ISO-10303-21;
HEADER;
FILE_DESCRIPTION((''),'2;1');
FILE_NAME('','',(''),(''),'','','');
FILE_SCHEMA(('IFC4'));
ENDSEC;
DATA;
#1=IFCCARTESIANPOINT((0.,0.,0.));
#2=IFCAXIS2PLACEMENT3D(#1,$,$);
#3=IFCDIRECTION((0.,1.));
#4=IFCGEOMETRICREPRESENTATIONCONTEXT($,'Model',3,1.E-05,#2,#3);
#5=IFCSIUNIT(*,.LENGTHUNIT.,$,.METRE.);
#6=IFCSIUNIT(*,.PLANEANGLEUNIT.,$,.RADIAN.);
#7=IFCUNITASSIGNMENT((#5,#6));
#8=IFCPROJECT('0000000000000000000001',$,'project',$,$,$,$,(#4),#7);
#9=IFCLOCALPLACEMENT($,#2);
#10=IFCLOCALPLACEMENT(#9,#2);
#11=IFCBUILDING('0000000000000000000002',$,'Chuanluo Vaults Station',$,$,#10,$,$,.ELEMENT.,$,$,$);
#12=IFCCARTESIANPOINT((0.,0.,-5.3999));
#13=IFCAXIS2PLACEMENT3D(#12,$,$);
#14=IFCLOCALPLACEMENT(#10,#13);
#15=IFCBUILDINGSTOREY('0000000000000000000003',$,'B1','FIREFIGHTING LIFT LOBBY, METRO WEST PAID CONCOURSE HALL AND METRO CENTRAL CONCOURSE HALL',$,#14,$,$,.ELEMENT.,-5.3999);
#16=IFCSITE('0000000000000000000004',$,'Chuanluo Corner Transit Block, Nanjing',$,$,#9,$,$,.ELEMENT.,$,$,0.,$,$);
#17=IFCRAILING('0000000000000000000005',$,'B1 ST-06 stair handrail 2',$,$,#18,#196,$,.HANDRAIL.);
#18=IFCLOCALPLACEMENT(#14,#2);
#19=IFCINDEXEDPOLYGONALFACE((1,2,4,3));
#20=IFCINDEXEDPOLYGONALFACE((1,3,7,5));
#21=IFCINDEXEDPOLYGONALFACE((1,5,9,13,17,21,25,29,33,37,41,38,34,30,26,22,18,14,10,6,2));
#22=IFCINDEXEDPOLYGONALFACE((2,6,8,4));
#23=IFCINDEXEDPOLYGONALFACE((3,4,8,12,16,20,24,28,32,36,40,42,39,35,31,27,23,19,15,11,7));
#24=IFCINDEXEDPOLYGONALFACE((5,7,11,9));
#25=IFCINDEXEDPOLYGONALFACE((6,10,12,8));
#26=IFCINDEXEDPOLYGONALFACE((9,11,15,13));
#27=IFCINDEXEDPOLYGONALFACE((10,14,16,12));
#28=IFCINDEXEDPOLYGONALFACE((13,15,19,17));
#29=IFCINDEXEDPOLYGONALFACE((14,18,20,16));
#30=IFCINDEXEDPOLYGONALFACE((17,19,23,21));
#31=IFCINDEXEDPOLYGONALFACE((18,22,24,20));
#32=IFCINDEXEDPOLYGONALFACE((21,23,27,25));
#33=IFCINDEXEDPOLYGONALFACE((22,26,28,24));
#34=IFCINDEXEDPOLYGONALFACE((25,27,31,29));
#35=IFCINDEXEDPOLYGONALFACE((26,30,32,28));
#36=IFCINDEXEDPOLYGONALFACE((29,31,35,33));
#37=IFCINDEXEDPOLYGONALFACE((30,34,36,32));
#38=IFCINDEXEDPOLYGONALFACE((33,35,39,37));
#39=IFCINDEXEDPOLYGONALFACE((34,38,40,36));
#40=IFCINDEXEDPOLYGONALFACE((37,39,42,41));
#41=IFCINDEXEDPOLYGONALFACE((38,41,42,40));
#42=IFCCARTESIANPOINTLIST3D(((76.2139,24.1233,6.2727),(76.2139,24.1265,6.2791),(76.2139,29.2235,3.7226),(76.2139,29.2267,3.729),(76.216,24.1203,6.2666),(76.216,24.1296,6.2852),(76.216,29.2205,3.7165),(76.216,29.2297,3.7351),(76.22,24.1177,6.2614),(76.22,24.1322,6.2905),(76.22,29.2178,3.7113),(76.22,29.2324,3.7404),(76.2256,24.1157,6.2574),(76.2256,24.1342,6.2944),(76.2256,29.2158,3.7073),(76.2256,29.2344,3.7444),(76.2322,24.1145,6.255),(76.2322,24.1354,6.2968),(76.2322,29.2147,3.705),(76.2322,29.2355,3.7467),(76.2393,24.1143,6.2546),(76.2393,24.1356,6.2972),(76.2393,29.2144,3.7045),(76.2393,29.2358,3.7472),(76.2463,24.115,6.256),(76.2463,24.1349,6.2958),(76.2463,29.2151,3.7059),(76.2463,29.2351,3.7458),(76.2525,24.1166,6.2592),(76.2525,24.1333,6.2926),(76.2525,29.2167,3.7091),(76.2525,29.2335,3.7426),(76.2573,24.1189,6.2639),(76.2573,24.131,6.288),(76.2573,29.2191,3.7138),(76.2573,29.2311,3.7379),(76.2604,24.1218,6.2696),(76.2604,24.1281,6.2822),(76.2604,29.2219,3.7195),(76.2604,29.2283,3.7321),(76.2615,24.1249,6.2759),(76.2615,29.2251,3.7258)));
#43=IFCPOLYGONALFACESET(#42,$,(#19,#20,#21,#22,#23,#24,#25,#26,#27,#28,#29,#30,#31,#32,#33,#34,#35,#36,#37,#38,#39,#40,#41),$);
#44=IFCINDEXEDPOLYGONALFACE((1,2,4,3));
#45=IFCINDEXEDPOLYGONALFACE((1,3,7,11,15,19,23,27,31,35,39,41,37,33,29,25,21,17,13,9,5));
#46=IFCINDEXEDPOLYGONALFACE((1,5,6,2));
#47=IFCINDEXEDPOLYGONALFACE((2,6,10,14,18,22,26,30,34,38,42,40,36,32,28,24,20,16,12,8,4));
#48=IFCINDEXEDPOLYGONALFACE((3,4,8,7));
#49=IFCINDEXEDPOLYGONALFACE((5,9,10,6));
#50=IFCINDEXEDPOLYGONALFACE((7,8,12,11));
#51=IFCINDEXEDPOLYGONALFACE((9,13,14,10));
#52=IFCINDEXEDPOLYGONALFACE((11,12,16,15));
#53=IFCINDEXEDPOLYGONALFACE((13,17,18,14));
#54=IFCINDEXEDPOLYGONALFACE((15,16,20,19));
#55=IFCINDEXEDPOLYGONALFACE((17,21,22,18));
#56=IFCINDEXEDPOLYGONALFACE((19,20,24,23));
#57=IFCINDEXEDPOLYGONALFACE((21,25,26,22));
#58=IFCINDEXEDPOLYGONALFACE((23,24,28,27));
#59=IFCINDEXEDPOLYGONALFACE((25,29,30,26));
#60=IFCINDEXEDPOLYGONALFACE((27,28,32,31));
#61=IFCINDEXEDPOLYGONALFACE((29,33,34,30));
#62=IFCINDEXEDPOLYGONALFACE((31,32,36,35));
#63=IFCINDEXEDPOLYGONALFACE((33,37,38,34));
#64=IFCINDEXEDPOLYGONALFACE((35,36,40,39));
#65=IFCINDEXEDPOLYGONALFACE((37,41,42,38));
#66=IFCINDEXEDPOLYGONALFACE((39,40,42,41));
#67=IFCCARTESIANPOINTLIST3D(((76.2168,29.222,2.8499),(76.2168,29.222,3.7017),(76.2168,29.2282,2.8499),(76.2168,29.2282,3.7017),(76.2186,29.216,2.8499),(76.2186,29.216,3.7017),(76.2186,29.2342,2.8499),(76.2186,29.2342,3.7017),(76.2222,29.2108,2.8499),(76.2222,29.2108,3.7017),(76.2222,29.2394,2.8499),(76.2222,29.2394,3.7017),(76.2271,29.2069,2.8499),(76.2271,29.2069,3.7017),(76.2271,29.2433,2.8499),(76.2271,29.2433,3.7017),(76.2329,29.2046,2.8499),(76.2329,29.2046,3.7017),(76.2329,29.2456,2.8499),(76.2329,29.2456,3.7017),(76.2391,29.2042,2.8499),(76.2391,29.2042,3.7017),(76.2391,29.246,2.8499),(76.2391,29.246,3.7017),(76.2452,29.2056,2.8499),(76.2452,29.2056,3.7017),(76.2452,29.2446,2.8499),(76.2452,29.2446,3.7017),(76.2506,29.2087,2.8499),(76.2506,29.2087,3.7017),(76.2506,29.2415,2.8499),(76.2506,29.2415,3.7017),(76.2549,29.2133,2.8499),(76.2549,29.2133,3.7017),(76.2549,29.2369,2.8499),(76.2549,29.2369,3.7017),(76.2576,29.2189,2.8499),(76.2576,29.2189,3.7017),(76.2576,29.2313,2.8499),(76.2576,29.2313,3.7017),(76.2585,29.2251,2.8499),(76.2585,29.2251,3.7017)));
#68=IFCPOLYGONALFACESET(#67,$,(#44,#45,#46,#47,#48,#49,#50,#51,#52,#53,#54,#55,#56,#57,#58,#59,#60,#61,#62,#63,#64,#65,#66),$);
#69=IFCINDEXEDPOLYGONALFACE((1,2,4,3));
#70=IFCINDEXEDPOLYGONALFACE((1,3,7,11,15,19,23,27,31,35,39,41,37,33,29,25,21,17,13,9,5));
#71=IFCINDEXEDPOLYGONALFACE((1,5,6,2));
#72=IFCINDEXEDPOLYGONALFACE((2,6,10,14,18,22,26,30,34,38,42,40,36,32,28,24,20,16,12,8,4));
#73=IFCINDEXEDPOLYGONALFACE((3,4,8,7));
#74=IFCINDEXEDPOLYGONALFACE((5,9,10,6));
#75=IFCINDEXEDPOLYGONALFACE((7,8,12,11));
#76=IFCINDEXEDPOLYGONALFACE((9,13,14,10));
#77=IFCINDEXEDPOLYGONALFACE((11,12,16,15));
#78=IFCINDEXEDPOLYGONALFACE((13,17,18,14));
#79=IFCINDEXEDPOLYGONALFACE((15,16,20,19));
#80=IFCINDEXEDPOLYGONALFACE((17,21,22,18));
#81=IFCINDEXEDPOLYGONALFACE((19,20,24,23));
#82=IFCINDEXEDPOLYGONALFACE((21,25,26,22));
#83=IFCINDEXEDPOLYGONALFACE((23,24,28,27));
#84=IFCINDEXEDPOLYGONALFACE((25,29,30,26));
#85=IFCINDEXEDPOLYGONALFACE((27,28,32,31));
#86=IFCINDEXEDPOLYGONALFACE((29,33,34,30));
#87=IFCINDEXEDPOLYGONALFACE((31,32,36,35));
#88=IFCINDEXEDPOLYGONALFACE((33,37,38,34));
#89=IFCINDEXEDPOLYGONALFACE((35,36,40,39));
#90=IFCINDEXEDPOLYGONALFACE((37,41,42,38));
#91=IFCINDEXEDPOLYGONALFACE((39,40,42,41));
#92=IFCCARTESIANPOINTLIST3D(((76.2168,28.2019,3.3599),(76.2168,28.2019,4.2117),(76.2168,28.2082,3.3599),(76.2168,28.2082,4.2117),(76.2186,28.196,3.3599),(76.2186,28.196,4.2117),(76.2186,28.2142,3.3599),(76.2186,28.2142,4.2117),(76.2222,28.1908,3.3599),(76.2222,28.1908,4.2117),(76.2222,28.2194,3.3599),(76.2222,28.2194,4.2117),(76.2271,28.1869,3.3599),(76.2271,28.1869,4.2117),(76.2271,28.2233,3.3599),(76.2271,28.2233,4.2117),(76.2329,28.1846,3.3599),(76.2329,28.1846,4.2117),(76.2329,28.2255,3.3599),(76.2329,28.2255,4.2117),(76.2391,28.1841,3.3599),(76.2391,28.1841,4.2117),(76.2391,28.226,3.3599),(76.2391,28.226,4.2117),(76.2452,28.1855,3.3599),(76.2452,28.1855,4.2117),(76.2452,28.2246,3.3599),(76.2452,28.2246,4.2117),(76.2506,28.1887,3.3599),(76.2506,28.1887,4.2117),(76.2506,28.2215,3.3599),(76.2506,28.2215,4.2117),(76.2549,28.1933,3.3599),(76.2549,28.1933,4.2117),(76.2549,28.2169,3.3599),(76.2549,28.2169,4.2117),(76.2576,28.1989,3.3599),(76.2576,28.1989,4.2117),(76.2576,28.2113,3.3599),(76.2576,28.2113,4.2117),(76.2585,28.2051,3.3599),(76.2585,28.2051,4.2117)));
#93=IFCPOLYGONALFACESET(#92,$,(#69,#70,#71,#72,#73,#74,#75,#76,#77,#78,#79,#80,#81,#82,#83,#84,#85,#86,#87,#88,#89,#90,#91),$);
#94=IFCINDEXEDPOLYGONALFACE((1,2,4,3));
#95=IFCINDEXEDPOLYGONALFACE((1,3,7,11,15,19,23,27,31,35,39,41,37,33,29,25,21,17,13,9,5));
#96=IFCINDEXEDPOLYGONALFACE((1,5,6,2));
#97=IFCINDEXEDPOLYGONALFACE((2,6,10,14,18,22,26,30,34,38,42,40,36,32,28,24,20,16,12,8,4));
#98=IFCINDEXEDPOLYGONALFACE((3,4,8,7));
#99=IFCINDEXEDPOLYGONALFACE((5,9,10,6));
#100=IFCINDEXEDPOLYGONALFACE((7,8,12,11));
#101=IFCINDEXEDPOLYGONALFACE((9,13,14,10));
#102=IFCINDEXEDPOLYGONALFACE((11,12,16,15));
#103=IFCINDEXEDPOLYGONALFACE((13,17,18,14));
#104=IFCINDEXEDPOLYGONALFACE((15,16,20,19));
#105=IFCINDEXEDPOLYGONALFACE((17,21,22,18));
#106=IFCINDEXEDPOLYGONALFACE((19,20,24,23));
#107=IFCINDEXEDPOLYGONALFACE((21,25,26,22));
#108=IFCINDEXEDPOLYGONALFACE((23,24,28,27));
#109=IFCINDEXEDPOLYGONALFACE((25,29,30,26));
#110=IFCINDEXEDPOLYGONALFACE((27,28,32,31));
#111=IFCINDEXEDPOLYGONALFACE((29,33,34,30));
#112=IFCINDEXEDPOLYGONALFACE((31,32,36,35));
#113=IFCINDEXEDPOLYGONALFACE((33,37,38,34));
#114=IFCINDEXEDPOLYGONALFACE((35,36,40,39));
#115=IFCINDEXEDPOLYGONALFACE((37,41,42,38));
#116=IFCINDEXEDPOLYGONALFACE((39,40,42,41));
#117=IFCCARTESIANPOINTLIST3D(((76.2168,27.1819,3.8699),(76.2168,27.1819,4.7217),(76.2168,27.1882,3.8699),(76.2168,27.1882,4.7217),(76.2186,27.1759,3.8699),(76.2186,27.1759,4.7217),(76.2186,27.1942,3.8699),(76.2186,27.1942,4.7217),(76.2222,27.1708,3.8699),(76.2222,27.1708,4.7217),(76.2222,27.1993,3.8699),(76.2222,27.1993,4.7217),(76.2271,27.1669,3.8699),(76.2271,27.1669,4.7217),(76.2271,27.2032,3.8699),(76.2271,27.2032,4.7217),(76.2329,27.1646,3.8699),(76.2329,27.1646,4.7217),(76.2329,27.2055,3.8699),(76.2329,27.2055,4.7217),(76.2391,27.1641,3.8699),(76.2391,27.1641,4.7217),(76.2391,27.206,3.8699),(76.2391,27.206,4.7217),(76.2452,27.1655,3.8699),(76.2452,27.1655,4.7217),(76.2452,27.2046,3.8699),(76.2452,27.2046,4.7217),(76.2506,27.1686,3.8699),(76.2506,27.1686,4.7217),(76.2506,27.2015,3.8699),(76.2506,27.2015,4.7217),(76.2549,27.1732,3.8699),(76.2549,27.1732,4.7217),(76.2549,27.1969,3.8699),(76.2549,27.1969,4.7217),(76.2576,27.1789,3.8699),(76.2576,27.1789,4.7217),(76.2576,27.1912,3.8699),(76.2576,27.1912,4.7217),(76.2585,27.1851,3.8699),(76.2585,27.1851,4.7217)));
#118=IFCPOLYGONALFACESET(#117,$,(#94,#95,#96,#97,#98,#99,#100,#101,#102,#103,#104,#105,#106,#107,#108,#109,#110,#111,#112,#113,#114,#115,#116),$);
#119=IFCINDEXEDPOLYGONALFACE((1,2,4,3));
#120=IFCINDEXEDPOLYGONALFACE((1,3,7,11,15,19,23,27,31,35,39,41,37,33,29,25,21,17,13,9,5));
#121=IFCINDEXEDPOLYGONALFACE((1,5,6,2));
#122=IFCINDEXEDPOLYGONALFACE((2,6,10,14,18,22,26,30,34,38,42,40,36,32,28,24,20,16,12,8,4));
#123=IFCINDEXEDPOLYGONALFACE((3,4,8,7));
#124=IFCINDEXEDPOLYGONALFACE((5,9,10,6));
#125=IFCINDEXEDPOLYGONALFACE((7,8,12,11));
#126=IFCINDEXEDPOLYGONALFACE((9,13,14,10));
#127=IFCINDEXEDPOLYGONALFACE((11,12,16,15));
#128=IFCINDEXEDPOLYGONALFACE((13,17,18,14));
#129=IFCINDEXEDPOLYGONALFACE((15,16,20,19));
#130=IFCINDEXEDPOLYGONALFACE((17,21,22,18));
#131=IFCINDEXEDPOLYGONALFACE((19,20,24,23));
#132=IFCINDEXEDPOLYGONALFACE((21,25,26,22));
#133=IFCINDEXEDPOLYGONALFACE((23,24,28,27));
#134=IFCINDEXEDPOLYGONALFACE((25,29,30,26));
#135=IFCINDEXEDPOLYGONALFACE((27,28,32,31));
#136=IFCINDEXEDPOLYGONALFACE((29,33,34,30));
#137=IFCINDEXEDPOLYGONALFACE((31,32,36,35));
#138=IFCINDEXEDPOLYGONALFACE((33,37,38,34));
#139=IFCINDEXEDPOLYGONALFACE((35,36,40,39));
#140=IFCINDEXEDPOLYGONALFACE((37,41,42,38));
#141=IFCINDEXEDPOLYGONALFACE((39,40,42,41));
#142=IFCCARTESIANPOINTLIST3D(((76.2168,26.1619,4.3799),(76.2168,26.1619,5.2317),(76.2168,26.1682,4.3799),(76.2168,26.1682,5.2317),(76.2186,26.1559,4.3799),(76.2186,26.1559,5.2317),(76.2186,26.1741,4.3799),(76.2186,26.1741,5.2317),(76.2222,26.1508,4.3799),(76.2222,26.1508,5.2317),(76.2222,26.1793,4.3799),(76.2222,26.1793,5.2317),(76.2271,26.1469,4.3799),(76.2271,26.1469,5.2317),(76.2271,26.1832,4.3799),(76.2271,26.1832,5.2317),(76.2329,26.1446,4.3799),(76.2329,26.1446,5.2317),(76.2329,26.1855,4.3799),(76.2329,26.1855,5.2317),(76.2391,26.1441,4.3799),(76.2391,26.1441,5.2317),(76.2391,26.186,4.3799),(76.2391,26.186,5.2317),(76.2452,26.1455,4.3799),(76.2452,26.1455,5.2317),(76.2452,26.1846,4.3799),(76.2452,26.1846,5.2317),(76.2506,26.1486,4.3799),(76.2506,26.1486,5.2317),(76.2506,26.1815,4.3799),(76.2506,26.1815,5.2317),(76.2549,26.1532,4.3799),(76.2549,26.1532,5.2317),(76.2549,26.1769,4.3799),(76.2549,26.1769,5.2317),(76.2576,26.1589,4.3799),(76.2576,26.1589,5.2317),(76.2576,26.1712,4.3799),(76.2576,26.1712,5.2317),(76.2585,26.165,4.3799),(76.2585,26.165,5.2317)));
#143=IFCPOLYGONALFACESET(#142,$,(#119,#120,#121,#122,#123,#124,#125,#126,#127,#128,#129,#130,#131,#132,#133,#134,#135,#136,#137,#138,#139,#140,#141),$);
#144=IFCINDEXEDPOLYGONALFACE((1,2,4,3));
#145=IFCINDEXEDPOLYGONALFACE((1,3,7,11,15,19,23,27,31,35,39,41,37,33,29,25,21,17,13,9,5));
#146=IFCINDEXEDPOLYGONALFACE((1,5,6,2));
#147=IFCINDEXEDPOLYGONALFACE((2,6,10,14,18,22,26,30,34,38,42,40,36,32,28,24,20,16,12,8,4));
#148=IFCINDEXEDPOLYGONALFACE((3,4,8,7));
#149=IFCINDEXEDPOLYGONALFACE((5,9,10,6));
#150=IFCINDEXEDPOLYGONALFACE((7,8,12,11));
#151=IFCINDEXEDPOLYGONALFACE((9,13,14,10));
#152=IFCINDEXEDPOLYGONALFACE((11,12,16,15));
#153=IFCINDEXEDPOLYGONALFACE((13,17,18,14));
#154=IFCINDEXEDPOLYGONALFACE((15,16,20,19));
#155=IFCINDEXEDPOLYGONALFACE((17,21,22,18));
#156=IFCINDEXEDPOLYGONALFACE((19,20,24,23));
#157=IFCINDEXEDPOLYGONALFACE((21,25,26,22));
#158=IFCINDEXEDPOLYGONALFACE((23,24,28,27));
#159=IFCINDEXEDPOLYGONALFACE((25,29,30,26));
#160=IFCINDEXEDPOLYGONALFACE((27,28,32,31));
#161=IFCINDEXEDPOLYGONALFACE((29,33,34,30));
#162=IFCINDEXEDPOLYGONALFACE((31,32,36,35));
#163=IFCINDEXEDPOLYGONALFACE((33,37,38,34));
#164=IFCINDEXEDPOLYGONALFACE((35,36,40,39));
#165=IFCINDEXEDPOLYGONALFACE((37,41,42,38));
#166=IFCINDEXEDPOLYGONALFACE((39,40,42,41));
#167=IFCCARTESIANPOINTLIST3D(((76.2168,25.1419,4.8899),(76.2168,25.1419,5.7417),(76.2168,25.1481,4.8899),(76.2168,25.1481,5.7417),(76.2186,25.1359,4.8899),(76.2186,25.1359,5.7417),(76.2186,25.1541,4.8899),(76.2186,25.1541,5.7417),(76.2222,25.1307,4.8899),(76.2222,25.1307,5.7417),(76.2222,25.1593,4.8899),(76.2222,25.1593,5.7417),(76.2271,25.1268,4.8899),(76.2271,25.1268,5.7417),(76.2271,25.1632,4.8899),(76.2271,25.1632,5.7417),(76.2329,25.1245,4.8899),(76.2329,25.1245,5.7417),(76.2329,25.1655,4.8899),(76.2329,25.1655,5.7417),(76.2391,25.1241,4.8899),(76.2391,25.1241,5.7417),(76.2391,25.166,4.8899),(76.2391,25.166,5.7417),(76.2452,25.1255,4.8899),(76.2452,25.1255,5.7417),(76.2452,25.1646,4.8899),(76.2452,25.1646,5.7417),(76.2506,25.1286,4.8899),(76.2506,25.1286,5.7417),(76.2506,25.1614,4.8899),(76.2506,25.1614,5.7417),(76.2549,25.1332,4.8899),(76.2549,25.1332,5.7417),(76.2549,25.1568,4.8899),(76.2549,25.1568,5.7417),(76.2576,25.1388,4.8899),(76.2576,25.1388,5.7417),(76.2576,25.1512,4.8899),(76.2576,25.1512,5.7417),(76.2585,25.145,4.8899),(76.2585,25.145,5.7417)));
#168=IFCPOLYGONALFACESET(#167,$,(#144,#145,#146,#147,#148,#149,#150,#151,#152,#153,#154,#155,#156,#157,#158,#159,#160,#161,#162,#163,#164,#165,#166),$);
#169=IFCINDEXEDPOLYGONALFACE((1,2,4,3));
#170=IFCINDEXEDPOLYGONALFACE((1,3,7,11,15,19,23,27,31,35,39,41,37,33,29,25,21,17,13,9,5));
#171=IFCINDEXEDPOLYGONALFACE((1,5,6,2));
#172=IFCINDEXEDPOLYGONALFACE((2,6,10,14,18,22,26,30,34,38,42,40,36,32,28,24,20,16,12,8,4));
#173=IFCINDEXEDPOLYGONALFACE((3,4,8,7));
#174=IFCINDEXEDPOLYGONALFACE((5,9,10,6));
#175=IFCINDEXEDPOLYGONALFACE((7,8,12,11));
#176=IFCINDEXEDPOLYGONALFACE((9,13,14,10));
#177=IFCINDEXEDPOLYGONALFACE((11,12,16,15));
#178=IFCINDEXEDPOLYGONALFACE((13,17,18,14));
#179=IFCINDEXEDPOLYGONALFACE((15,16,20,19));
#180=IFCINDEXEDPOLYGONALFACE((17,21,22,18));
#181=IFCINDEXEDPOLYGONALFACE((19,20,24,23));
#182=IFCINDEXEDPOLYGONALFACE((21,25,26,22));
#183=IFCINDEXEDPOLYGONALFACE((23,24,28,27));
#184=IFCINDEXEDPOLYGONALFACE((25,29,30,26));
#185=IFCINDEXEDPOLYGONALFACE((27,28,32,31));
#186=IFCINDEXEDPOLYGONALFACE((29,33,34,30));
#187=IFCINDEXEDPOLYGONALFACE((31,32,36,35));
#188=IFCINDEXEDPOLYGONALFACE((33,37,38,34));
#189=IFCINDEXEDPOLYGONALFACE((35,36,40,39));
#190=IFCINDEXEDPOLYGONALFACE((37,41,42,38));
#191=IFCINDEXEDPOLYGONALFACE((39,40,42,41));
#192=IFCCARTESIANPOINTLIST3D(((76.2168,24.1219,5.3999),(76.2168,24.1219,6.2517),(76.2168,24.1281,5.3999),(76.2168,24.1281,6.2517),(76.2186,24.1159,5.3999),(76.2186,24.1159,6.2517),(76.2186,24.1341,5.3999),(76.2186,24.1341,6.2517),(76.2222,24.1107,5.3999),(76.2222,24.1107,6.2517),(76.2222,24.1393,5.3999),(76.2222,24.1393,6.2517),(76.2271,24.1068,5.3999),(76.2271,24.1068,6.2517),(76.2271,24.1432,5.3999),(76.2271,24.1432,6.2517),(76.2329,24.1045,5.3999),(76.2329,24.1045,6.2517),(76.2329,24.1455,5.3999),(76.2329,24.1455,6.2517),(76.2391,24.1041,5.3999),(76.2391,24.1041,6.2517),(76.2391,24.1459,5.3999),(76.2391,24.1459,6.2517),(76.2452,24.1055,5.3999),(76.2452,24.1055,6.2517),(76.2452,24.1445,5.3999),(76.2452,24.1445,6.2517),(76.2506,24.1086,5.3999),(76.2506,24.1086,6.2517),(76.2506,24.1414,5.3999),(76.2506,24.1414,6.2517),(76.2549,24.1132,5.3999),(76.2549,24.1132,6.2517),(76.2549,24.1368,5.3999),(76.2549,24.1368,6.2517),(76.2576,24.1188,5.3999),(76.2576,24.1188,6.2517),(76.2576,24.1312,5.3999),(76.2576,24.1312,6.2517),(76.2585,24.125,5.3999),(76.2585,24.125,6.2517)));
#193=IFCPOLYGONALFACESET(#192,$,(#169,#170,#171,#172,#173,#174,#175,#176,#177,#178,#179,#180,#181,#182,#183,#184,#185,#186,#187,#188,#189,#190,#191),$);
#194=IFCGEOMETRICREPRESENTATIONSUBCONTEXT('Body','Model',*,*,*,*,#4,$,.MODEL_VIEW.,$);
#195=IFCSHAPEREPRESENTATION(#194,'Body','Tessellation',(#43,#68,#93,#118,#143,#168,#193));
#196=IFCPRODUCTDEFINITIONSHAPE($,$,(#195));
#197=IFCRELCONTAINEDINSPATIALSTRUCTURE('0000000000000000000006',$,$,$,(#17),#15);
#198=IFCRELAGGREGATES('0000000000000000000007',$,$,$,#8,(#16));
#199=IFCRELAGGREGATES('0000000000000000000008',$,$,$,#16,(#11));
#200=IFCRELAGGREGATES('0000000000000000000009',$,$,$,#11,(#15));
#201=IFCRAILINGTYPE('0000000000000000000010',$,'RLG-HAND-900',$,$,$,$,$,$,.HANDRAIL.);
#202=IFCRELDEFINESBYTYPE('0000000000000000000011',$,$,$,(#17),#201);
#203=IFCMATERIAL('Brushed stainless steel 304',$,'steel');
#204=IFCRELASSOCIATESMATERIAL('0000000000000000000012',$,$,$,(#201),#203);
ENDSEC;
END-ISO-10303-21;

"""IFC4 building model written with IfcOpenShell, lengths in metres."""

from ifc_helpers import new_model, si_unit, direction, frame, origin, origin_2d, place, context, subcontext, project, spatial, circle, extrude, material, type_object, element, save


model = new_model("IFC4")

# Units and contexts
model_context = context("Model", 3, precision=1e-05, world=origin(), true_north=direction((0.0, 1.0)))
body_context = subcontext(model_context, "Body", "Model", "MODEL_VIEW")
ifc_project = project(units=[si_unit("LENGTHUNIT", "METRE"), si_unit("PLANEANGLEUNIT", "RADIAN")], contexts=[model_context])

# Site, building, storey
site_placement = place(None, origin())
site = spatial("IfcSite", under=ifc_project, at=site_placement, Name="Chuanluo Corner Transit Block, Nanjing", CompositionType="ELEMENT", RefElevation=0.0)
building_placement = place(site_placement, origin())
building = spatial("IfcBuilding", under=site, at=building_placement, Name="Chuanluo Vaults Station", CompositionType="ELEMENT")
storey_placement = place(building_placement, frame((0.0, 0.0, -5.3999)))
storey = spatial("IfcBuildingStorey", under=building, at=storey_placement, Name="B1", Description="FIREFIGHTING LIFT LOBBY, METRO WEST PAID CONCOURSE HALL AND METRO CENTRAL CONCOURSE HALL", CompositionType="ELEMENT", Elevation=-5.3999)

# Railing
ifc_material_1 = material(Name="Brushed stainless steel 304", Category="steel")
railing_type_1 = type_object("IfcRailingType", Name="RLG-HAND-900", PredefinedType="HANDRAIL", material=ifc_material_1)
railing_1_placement = place(storey_placement, frame((76.2375, 29.2251, 2.8499)))
element("IfcRailing", 1, at=railing_1_placement, inside=storey, type_object=railing_type_1, Name="B1 ST-06 stair handrail 2", PredefinedType="HANDRAIL", context=body_context, shape_type="SweptSolid", body=[
    extrude(circle(Radius=0.0239, at=origin_2d()), frame((0.0, 0.0, 0.876), z_axis=(0.0, -0.894427, 0.447214), x_axis=(1.0, 0.0, 0.0)), (0.0, 0.0, 1.0), 5.7021),
    extrude(circle(Radius=0.021, at=origin_2d()), origin(), (0.0, 0.0, 1.0), 0.8518),
    extrude(circle(Radius=0.021, at=origin_2d()), frame((0.0, -1.02, 0.51)), (0.0, 0.0, 1.0), 0.8518),
    extrude(circle(Radius=0.021, at=origin_2d()), frame((0.0, -2.04, 1.02)), (0.0, 0.0, 1.0), 0.8518),
    extrude(circle(Radius=0.021, at=origin_2d()), frame((0.0, -3.0601, 1.53)), (0.0, 0.0, 1.0), 0.8518),
    extrude(circle(Radius=0.021, at=origin_2d()), frame((0.0, -4.0801, 2.04)), (0.0, 0.0, 1.0), 0.8518),
    extrude(circle(Radius=0.021, at=origin_2d()), frame((0.0, -5.1001, 2.55)), (0.0, 0.0, 1.0), 0.8518),
])

save(model, "model.ifc")
